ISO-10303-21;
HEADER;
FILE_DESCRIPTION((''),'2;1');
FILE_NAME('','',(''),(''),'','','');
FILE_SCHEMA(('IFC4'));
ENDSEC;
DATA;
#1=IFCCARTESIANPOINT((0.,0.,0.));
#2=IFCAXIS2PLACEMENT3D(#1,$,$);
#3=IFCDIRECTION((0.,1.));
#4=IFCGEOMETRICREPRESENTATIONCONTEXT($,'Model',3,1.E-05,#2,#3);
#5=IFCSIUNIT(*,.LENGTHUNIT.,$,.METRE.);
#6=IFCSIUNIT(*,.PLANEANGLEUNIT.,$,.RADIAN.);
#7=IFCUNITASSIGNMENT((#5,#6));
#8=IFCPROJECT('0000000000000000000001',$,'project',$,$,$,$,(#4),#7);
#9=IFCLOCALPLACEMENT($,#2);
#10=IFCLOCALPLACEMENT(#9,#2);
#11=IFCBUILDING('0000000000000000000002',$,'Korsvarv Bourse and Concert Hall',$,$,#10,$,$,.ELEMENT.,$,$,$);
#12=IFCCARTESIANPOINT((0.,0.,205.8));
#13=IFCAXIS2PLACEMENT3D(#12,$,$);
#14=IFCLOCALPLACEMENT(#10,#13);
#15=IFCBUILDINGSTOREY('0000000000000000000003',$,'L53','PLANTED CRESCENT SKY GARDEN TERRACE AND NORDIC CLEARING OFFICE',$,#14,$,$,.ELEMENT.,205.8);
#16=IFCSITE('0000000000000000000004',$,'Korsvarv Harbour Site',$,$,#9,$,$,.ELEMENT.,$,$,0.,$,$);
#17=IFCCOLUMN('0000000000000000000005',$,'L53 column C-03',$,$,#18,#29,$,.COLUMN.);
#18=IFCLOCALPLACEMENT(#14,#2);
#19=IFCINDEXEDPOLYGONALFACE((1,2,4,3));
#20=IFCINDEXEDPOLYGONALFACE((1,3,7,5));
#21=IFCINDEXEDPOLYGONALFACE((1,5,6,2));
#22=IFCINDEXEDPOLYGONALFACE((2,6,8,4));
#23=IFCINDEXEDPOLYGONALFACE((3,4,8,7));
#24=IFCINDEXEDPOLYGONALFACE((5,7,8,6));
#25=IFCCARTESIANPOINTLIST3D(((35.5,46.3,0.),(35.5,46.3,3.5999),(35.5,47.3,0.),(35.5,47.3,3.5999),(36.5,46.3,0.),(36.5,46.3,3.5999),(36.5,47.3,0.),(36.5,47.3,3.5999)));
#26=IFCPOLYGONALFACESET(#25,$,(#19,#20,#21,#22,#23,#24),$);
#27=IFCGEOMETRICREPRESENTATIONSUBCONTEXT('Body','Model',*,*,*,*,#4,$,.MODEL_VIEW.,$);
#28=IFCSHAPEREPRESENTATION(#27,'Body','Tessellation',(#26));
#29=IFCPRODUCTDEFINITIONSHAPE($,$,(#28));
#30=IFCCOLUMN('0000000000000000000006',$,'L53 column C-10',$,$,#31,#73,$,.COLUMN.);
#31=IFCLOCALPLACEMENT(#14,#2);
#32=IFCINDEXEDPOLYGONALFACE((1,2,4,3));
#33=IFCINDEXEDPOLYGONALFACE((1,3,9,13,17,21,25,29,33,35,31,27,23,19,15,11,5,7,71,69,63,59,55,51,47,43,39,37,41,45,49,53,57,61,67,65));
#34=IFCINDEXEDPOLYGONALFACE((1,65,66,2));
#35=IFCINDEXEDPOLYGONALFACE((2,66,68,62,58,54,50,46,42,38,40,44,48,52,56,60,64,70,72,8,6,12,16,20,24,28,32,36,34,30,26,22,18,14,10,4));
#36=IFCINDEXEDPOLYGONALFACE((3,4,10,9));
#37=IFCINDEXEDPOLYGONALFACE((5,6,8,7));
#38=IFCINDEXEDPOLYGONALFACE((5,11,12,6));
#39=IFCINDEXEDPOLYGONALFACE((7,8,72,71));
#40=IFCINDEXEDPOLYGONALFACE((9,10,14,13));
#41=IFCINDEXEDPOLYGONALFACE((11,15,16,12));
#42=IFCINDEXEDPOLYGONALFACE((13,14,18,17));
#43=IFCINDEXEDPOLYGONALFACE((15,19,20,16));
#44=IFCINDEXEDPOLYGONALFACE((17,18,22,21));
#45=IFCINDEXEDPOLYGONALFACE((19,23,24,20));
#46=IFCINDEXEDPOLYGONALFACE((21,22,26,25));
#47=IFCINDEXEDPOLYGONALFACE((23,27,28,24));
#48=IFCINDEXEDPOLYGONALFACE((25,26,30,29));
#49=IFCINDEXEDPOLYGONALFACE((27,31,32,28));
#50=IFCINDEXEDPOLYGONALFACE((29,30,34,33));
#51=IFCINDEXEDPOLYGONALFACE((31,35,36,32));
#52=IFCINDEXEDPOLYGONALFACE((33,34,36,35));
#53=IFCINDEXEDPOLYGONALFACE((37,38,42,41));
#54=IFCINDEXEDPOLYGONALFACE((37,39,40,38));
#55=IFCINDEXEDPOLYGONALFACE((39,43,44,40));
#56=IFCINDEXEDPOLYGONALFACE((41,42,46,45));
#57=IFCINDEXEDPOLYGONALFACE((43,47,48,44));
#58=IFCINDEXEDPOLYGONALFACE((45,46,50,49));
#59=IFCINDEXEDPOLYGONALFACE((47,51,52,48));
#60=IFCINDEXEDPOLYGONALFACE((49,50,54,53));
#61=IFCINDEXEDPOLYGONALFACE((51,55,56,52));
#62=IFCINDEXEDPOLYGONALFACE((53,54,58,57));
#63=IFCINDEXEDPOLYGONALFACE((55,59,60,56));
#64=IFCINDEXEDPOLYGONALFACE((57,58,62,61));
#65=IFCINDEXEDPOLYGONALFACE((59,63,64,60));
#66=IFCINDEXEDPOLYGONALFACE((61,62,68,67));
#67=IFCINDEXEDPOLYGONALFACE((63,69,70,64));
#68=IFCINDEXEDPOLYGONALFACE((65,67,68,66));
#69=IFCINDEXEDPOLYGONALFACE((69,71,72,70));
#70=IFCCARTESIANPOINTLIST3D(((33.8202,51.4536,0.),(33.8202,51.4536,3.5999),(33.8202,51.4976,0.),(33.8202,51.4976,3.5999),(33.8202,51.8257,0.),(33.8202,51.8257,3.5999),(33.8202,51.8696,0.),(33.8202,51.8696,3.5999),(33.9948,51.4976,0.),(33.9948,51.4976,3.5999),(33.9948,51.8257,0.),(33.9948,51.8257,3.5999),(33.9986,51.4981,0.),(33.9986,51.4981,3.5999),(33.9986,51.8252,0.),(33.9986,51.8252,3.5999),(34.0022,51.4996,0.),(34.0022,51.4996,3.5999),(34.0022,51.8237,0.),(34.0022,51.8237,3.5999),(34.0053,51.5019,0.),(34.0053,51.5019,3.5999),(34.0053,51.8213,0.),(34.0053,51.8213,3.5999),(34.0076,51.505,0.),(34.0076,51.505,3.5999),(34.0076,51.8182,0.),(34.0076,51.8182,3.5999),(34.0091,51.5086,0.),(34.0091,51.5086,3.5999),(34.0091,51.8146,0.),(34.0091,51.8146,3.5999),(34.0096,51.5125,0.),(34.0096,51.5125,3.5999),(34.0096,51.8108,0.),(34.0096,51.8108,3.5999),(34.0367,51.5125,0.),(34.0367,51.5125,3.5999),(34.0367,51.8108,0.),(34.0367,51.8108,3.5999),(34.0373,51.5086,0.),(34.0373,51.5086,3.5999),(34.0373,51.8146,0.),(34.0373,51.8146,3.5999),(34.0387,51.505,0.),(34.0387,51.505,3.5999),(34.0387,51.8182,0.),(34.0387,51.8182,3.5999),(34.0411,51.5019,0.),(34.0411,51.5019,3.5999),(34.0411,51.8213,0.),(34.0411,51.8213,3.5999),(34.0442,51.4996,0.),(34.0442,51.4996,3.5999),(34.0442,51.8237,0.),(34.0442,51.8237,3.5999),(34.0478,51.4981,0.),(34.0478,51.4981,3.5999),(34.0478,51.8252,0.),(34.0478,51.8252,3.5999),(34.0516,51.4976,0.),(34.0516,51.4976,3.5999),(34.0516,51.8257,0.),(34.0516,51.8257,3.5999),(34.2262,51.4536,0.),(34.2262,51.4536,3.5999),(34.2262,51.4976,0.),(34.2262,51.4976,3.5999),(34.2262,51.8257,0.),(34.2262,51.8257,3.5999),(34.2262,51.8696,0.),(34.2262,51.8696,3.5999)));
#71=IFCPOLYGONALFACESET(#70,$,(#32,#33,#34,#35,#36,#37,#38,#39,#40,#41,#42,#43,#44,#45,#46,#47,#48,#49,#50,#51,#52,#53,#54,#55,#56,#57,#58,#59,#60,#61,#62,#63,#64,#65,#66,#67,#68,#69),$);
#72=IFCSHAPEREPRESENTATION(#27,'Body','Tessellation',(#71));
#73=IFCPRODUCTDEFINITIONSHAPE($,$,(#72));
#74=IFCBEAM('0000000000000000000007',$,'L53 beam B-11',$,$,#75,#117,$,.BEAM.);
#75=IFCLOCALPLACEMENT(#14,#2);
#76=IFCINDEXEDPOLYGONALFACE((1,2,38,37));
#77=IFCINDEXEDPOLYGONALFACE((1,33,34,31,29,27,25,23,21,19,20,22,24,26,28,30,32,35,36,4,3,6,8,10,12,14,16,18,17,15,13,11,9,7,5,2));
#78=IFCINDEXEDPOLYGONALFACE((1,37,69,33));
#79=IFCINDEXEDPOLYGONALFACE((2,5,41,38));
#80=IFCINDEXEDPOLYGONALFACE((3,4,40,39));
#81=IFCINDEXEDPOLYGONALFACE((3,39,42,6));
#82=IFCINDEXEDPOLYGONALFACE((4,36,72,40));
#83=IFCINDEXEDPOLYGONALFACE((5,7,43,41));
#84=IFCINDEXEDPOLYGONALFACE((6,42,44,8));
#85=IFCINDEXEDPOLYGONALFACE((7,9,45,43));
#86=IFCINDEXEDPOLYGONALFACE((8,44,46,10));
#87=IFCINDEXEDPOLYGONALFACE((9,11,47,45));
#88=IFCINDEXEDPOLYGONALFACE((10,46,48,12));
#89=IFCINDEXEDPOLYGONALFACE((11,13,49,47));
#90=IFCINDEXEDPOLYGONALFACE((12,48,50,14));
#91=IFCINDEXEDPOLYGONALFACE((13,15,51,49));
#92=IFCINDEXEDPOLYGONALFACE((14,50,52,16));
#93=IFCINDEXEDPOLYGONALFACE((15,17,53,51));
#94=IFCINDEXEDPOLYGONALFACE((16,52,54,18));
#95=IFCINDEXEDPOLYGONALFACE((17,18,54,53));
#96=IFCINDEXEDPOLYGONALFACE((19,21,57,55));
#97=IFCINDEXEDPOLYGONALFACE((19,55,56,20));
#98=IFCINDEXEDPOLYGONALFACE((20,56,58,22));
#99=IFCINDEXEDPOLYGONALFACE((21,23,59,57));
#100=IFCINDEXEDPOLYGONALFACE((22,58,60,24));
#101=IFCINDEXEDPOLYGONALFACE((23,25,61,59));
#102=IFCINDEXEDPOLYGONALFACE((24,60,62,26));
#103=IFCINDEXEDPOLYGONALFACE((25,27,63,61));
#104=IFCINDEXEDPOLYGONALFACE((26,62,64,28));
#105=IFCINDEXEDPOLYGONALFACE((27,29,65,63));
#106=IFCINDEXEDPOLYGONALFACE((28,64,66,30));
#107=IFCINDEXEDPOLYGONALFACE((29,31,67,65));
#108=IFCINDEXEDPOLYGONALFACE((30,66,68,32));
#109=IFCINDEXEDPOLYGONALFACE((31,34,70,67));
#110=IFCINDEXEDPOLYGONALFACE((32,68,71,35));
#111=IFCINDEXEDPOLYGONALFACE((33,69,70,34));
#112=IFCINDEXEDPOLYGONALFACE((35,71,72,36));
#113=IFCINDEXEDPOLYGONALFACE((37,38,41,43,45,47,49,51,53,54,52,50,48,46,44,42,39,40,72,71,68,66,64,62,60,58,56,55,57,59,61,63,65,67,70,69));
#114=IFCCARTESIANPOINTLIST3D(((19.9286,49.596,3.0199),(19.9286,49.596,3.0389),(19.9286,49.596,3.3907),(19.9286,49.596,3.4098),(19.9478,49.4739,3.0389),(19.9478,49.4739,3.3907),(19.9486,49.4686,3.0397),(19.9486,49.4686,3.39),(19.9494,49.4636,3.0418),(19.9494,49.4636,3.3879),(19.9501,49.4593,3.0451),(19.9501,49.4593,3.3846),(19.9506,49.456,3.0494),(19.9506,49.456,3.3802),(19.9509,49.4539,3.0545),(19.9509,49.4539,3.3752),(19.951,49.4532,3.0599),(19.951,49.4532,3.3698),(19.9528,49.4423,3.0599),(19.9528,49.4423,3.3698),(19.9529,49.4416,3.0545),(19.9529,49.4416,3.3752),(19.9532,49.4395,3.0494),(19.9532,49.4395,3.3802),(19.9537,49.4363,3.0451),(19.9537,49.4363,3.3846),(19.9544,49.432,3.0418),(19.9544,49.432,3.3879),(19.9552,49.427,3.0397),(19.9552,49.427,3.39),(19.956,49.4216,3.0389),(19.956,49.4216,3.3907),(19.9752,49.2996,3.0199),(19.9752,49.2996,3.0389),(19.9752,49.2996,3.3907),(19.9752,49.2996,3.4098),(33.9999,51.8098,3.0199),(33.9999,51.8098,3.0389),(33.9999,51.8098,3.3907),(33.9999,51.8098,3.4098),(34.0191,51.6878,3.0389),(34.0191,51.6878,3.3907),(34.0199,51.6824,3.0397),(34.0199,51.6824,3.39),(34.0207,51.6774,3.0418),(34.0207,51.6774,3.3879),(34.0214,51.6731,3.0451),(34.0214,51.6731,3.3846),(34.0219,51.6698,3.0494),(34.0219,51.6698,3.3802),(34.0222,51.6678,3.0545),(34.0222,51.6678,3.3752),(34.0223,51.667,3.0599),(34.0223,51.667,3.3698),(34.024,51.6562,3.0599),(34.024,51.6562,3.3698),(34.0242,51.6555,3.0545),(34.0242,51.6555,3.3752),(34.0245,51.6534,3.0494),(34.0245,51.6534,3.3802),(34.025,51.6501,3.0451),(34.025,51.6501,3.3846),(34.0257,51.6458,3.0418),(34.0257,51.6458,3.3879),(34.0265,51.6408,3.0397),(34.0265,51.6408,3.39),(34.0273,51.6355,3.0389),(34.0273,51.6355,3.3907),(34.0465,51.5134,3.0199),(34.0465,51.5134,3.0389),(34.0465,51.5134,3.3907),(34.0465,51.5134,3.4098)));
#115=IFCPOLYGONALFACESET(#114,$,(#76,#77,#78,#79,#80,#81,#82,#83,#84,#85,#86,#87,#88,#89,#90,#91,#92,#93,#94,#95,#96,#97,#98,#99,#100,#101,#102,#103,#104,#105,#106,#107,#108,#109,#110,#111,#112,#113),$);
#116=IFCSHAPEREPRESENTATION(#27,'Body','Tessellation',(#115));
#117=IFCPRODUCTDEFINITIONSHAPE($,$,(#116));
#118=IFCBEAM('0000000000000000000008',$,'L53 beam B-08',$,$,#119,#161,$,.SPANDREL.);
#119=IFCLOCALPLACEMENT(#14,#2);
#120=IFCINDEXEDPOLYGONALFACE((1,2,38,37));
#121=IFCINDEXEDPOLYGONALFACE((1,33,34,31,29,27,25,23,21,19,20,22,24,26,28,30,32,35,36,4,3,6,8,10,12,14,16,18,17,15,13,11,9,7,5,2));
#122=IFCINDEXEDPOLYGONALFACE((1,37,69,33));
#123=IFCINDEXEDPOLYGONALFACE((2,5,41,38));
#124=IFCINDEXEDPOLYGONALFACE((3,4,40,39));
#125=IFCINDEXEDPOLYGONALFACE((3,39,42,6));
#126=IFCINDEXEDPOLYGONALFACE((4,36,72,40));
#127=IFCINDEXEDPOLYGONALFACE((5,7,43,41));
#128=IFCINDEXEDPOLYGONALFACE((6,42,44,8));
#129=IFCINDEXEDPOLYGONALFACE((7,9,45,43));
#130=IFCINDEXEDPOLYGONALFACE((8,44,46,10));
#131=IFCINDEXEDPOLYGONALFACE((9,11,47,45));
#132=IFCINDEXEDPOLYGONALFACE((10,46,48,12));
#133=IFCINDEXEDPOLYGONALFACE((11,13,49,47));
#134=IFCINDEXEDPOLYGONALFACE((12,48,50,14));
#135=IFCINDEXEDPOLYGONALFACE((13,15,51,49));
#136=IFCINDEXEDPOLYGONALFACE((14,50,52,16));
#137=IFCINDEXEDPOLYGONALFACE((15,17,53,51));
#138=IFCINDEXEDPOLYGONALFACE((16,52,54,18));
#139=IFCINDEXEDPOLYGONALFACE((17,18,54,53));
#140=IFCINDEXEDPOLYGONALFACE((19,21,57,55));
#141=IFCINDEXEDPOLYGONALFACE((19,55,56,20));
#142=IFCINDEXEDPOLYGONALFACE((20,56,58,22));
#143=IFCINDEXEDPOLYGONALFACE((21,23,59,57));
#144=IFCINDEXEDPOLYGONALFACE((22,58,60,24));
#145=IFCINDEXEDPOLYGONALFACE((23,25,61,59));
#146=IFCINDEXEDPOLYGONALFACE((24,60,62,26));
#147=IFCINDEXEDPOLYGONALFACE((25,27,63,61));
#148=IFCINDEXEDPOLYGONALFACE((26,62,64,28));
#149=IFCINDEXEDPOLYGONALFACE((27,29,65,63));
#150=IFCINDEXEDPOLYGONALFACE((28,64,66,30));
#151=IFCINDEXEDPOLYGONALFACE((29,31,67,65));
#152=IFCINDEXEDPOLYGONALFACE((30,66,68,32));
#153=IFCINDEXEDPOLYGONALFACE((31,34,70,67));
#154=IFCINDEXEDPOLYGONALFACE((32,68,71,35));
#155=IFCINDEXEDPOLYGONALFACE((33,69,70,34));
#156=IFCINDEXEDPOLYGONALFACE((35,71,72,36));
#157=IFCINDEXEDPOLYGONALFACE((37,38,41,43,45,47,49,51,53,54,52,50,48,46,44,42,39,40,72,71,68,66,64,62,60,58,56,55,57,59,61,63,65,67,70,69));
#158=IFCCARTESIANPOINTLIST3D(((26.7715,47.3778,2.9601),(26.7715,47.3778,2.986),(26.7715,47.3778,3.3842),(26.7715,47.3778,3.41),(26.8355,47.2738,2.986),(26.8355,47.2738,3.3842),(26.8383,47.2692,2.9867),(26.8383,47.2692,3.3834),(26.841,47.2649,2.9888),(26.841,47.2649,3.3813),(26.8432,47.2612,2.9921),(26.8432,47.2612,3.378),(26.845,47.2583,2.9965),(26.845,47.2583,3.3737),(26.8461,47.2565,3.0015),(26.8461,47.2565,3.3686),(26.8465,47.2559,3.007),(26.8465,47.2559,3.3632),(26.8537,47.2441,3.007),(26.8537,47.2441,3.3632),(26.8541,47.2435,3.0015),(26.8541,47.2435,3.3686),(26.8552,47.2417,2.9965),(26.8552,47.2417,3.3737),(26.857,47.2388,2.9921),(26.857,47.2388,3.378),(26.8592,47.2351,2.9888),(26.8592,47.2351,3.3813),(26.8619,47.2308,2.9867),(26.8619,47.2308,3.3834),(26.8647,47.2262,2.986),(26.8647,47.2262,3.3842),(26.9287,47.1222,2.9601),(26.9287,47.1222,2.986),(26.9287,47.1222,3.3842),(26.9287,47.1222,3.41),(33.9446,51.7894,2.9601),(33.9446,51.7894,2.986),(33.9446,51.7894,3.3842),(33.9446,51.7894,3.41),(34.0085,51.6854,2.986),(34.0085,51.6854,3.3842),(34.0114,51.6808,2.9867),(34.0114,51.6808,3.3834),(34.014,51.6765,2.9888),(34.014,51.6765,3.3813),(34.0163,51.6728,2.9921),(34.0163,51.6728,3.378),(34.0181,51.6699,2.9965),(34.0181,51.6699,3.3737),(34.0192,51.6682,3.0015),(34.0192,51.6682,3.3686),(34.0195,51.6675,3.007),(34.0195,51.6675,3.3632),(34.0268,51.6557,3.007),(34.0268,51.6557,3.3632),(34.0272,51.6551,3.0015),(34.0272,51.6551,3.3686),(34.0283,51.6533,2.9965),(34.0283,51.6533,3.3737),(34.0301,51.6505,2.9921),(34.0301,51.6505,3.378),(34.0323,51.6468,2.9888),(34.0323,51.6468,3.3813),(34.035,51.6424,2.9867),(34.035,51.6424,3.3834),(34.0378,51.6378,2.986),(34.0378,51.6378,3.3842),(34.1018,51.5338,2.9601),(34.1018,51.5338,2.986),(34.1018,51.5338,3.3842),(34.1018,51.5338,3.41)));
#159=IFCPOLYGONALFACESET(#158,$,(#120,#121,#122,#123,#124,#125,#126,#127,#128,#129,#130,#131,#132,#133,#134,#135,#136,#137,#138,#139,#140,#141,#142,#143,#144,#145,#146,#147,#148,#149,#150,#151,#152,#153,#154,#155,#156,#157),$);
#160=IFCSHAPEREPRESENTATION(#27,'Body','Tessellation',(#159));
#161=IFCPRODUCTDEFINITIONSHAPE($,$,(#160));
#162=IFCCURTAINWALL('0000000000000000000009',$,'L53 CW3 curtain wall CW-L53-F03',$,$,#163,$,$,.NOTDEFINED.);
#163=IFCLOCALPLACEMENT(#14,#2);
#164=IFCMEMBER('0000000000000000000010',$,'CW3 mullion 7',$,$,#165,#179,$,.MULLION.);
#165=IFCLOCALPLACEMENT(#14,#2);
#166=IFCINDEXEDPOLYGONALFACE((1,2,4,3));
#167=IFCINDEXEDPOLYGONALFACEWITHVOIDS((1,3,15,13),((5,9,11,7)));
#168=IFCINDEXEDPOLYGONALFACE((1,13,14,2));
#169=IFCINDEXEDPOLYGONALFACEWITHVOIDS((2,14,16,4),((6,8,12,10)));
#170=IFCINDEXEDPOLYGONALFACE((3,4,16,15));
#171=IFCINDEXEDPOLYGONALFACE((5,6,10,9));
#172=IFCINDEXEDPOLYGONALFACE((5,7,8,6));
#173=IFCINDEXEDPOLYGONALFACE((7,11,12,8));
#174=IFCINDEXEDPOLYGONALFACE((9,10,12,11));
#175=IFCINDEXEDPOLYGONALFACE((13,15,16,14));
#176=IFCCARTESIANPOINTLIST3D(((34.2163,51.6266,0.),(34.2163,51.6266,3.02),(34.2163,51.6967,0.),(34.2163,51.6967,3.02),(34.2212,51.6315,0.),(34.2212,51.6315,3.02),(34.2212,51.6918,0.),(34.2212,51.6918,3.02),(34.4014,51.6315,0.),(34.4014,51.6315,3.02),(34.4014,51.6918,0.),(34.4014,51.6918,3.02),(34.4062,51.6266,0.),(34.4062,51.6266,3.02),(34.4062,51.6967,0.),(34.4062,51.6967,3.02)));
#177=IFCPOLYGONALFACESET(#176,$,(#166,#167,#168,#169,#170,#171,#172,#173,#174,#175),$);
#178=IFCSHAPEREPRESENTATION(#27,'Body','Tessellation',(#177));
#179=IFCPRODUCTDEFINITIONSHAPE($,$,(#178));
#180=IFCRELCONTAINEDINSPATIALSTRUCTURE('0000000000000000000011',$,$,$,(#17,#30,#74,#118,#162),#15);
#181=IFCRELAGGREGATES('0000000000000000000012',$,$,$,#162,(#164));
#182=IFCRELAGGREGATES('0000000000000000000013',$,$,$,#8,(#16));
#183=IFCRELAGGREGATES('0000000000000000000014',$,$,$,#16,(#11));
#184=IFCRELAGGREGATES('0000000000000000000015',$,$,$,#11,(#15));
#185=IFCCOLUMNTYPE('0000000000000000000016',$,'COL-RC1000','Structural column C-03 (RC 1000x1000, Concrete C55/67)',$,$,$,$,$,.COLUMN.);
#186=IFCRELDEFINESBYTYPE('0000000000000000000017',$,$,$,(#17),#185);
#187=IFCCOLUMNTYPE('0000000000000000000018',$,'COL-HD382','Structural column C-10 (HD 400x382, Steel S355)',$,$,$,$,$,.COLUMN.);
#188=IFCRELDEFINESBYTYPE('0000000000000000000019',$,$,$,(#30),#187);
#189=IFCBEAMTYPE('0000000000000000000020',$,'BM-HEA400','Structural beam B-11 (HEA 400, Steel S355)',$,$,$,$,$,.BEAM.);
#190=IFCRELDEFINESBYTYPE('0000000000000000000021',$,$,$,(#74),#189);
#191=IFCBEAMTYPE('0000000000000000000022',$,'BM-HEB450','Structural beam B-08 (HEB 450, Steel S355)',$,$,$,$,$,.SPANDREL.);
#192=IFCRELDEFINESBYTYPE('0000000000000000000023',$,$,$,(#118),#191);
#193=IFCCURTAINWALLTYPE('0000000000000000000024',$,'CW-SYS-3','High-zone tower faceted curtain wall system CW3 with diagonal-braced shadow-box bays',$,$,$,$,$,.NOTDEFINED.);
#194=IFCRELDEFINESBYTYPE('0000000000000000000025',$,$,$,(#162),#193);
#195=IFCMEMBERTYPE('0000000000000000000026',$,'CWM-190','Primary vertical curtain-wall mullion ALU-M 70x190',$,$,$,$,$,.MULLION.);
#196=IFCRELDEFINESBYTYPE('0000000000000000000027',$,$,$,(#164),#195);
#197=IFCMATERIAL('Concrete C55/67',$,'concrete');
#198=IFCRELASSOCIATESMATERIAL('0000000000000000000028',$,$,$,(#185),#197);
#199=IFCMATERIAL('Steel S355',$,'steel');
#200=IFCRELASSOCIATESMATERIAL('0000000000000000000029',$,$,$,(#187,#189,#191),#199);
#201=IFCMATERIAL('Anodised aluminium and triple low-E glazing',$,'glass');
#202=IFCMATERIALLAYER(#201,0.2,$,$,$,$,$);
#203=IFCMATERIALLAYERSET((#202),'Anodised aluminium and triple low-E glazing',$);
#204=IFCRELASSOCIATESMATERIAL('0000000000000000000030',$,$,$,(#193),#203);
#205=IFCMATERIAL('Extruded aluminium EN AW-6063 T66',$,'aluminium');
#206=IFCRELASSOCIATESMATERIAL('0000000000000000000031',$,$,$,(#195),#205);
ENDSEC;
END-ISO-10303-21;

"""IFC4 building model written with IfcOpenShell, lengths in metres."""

from ifc_helpers import new_model, si_unit, direction, frame, origin, origin_2d, place, context, subcontext, project, spatial, rectangle, hollow_rectangle, i_section, extrude, source, transform, mapped, material, layer, layer_set, material_profile, profile_set, type_object, element, aggregate, save


model = new_model("IFC4")

# Units and contexts
model_context = context("Model", 3, precision=1e-05, world=origin(), true_north=direction((0.0, 1.0)))
body_context = subcontext(model_context, "Body", "Model", "MODEL_VIEW")
ifc_project = project(units=[si_unit("LENGTHUNIT", "METRE"), si_unit("PLANEANGLEUNIT", "RADIAN")], contexts=[model_context])

# Site, building, storey
site_placement = place(None, origin())
site = spatial("IfcSite", under=ifc_project, at=site_placement, Name="Korsvarv Harbour Site", CompositionType="ELEMENT", RefElevation=0.0)
building_placement = place(site_placement, origin())
building = spatial("IfcBuilding", under=site, at=building_placement, Name="Korsvarv Bourse and Concert Hall", CompositionType="ELEMENT")
storey_placement = place(building_placement, frame((0.0, 0.0, 205.8)))
storey = spatial("IfcBuildingStorey", under=building, at=storey_placement, Name="L53", Description="PLANTED CRESCENT SKY GARDEN TERRACE AND NORDIC CLEARING OFFICE", CompositionType="ELEMENT", Elevation=205.8)

# Columns
ifc_material_1 = material(Name="Concrete C55/67", Category="concrete")
ifc_material_profile_1 = material_profile(ifc_material_1, rectangle(XDim=1.0, YDim=1.0, at=origin_2d()), Name="RC 1000x1000")
ifc_profile_set_1 = profile_set([ifc_material_profile_1], Name="Concrete C55/67")
column_type_1 = type_object("IfcColumnType", Name="COL-RC1000", Description="Structural column C-03 (RC 1000x1000, Concrete C55/67)", PredefinedType="COLUMN", material=ifc_profile_set_1)
shared_shape_1 = source(origin(), body_context, "Body", "SweptSolid", [
    extrude(rectangle(XDim=1.0, YDim=1.0, at=origin_2d()), origin(), (0.0, 0.0, 1.0), 3.5999),
])
column_1_placement = place(storey_placement, frame((36.0, 46.8, 0.0), z_axis=(0.0, 0.0, 1.0), x_axis=(1.0, 0.0, 0.0)))
element("IfcColumn", 1, at=column_1_placement, inside=storey, type_object=column_type_1, Name="L53 column C-03", PredefinedType="COLUMN", context=body_context, shape_type="MappedRepresentation", body=[
    mapped(shared_shape_1, transform((0.0, 0.0, 0.0), scale=1.0)),
])
ifc_material_2 = material(Name="Steel S355", Category="steel")
ifc_material_profile_2 = material_profile(ifc_material_2, i_section(OverallWidth=0.406, OverallDepth=0.416, WebThickness=0.0271, FlangeThickness=0.0439, FilletRadius=0.0149, at=origin_2d()), Name="HD 400x382")
ifc_profile_set_2 = profile_set([ifc_material_profile_2], Name="Steel S355")
column_type_2 = type_object("IfcColumnType", Name="COL-HD382", Description="Structural column C-10 (HD 400x382, Steel S355)", PredefinedType="COLUMN", material=ifc_profile_set_2)
shared_shape_2 = source(origin(), body_context, "Body", "SweptSolid", [
    extrude(i_section(OverallWidth=0.406, OverallDepth=0.416, WebThickness=0.0271, FlangeThickness=0.0439, FilletRadius=0.0149, at=origin_2d()), origin(), (0.0, 0.0, 1.0), 3.5999),
])
column_2_placement = place(storey_placement, frame((34.0232, 51.6616, 0.0), z_axis=(0.0, 0.0, 1.0), x_axis=(1.0, 0.0, 0.0)))
element("IfcColumn", 2, at=column_2_placement, inside=storey, type_object=column_type_2, Name="L53 column C-10", PredefinedType="COLUMN", context=body_context, shape_type="MappedRepresentation", body=[
    mapped(shared_shape_2, transform((0.0, 0.0, 0.0), scale=1.0)),
])

# Beams
ifc_material_profile_3 = material_profile(ifc_material_2, i_section(OverallWidth=0.3, OverallDepth=0.3899, WebThickness=0.011, FlangeThickness=0.019, FilletRadius=0.021, at=origin_2d()), Name="HEA 400")
ifc_profile_set_3 = profile_set([ifc_material_profile_3], Name="Steel S355")
beam_type_1 = type_object("IfcBeamType", Name="BM-HEA400", Description="Structural beam B-11 (HEA 400, Steel S355)", PredefinedType="BEAM", material=ifc_profile_set_3)
shared_shape_3 = source(origin(), body_context, "Body", "SweptSolid", [
    extrude(i_section(OverallWidth=0.3, OverallDepth=0.3899, WebThickness=0.011, FlangeThickness=0.019, FilletRadius=0.021, at=origin_2d()), origin(), (0.0, 0.0, 1.0), 14.2444),
])
beam_1_placement = place(storey_placement, frame((34.0232, 51.6616, 3.2148), z_axis=(-0.987848, -0.15542, 0.0), x_axis=(0.15542, -0.987848, 0.0)))
element("IfcBeam", 3, at=beam_1_placement, inside=storey, type_object=beam_type_1, Name="L53 beam B-11", PredefinedType="BEAM", context=body_context, shape_type="MappedRepresentation", body=[
    mapped(shared_shape_3, transform((0.0, 0.0, 0.0), scale=1.0)),
])
ifc_material_profile_4 = material_profile(ifc_material_2, i_section(OverallWidth=0.3, OverallDepth=0.45, WebThickness=0.0139, FlangeThickness=0.0259, FilletRadius=0.021, at=origin_2d()), Name="HEB 450")
ifc_profile_set_4 = profile_set([ifc_material_profile_4], Name="Steel S355")
beam_type_2 = type_object("IfcBeamType", Name="BM-HEB450", Description="Structural beam B-08 (HEB 450, Steel S355)", PredefinedType="SPANDREL", material=ifc_profile_set_4)
shared_shape_4 = source(origin(), body_context, "Body", "SweptSolid", [
    extrude(i_section(OverallWidth=0.3, OverallDepth=0.45, WebThickness=0.0139, FlangeThickness=0.0259, FilletRadius=0.021, at=origin_2d()), origin(), (0.0, 0.0, 1.0), 8.4211),
])
beam_2_placement = place(storey_placement, frame((34.0232, 51.6616, 3.1851), z_axis=(-0.851796, -0.523874, 0.0), x_axis=(0.523874, -0.851796, 0.0)))
element("IfcBeam", 4, at=beam_2_placement, inside=storey, type_object=beam_type_2, Name="L53 beam B-08", PredefinedType="SPANDREL", context=body_context, shape_type="MappedRepresentation", body=[
    mapped(shared_shape_4, transform((0.0, 0.0, 0.0), scale=1.0)),
])

# Curtain wall, member
ifc_material_3 = material(Name="Anodised aluminium and triple low-E glazing", Category="glass")
ifc_layer_1 = layer(ifc_material_3, 0.2)
ifc_layer_set_1 = layer_set([ifc_layer_1], Name="Anodised aluminium and triple low-E glazing")
curtain_wall_type = type_object("IfcCurtainWallType", Name="CW-SYS-3", Description="High-zone tower faceted curtain wall system CW3 with diagonal-braced shadow-box bays", PredefinedType="NOTDEFINED", material=ifc_layer_set_1)
curtain_wall_placement = place(storey_placement, origin())
curtain_wall = element("IfcCurtainWall", 5, at=curtain_wall_placement, inside=storey, type_object=curtain_wall_type, Name="L53 CW3 curtain wall CW-L53-F03", PredefinedType="NOTDEFINED")
ifc_material_4 = material(Name="Extruded aluminium EN AW-6063 T66", Category="aluminium")
ifc_material_profile_5 = material_profile(ifc_material_4, hollow_rectangle(XDim=0.0701, YDim=0.1899, WallThickness=0.0049, at=origin_2d()), Name="ALU-M 70x190")
ifc_profile_set_5 = profile_set([ifc_material_profile_5], Name="Extruded aluminium EN AW-6063 T66")
member_type_1 = type_object("IfcMemberType", Name="CWM-190", Description="Primary vertical curtain-wall mullion ALU-M 70x190", PredefinedType="MULLION", material=ifc_profile_set_5)
shared_shape_5 = source(origin(), body_context, "Body", "SweptSolid", [
    extrude(hollow_rectangle(XDim=0.0701, YDim=0.1899, WallThickness=0.0049, at=origin_2d()), origin(), (0.0, 0.0, 1.0), 3.02),
])
member_1_placement = place(storey_placement, frame((34.3113, 51.6616, 0.0), z_axis=(0.0, 0.0, 1.0), x_axis=(0.0, -1.0, 0.0)))
member_1 = element("IfcMember", 6, at=member_1_placement, type_object=member_type_1, Name="CW3 mullion 7", PredefinedType="MULLION", context=body_context, shape_type="MappedRepresentation", body=[
    mapped(shared_shape_5, transform((0.0, 0.0, 0.0), scale=1.0)),
])
aggregate(curtain_wall, [member_1])

save(model, "model.ifc")
